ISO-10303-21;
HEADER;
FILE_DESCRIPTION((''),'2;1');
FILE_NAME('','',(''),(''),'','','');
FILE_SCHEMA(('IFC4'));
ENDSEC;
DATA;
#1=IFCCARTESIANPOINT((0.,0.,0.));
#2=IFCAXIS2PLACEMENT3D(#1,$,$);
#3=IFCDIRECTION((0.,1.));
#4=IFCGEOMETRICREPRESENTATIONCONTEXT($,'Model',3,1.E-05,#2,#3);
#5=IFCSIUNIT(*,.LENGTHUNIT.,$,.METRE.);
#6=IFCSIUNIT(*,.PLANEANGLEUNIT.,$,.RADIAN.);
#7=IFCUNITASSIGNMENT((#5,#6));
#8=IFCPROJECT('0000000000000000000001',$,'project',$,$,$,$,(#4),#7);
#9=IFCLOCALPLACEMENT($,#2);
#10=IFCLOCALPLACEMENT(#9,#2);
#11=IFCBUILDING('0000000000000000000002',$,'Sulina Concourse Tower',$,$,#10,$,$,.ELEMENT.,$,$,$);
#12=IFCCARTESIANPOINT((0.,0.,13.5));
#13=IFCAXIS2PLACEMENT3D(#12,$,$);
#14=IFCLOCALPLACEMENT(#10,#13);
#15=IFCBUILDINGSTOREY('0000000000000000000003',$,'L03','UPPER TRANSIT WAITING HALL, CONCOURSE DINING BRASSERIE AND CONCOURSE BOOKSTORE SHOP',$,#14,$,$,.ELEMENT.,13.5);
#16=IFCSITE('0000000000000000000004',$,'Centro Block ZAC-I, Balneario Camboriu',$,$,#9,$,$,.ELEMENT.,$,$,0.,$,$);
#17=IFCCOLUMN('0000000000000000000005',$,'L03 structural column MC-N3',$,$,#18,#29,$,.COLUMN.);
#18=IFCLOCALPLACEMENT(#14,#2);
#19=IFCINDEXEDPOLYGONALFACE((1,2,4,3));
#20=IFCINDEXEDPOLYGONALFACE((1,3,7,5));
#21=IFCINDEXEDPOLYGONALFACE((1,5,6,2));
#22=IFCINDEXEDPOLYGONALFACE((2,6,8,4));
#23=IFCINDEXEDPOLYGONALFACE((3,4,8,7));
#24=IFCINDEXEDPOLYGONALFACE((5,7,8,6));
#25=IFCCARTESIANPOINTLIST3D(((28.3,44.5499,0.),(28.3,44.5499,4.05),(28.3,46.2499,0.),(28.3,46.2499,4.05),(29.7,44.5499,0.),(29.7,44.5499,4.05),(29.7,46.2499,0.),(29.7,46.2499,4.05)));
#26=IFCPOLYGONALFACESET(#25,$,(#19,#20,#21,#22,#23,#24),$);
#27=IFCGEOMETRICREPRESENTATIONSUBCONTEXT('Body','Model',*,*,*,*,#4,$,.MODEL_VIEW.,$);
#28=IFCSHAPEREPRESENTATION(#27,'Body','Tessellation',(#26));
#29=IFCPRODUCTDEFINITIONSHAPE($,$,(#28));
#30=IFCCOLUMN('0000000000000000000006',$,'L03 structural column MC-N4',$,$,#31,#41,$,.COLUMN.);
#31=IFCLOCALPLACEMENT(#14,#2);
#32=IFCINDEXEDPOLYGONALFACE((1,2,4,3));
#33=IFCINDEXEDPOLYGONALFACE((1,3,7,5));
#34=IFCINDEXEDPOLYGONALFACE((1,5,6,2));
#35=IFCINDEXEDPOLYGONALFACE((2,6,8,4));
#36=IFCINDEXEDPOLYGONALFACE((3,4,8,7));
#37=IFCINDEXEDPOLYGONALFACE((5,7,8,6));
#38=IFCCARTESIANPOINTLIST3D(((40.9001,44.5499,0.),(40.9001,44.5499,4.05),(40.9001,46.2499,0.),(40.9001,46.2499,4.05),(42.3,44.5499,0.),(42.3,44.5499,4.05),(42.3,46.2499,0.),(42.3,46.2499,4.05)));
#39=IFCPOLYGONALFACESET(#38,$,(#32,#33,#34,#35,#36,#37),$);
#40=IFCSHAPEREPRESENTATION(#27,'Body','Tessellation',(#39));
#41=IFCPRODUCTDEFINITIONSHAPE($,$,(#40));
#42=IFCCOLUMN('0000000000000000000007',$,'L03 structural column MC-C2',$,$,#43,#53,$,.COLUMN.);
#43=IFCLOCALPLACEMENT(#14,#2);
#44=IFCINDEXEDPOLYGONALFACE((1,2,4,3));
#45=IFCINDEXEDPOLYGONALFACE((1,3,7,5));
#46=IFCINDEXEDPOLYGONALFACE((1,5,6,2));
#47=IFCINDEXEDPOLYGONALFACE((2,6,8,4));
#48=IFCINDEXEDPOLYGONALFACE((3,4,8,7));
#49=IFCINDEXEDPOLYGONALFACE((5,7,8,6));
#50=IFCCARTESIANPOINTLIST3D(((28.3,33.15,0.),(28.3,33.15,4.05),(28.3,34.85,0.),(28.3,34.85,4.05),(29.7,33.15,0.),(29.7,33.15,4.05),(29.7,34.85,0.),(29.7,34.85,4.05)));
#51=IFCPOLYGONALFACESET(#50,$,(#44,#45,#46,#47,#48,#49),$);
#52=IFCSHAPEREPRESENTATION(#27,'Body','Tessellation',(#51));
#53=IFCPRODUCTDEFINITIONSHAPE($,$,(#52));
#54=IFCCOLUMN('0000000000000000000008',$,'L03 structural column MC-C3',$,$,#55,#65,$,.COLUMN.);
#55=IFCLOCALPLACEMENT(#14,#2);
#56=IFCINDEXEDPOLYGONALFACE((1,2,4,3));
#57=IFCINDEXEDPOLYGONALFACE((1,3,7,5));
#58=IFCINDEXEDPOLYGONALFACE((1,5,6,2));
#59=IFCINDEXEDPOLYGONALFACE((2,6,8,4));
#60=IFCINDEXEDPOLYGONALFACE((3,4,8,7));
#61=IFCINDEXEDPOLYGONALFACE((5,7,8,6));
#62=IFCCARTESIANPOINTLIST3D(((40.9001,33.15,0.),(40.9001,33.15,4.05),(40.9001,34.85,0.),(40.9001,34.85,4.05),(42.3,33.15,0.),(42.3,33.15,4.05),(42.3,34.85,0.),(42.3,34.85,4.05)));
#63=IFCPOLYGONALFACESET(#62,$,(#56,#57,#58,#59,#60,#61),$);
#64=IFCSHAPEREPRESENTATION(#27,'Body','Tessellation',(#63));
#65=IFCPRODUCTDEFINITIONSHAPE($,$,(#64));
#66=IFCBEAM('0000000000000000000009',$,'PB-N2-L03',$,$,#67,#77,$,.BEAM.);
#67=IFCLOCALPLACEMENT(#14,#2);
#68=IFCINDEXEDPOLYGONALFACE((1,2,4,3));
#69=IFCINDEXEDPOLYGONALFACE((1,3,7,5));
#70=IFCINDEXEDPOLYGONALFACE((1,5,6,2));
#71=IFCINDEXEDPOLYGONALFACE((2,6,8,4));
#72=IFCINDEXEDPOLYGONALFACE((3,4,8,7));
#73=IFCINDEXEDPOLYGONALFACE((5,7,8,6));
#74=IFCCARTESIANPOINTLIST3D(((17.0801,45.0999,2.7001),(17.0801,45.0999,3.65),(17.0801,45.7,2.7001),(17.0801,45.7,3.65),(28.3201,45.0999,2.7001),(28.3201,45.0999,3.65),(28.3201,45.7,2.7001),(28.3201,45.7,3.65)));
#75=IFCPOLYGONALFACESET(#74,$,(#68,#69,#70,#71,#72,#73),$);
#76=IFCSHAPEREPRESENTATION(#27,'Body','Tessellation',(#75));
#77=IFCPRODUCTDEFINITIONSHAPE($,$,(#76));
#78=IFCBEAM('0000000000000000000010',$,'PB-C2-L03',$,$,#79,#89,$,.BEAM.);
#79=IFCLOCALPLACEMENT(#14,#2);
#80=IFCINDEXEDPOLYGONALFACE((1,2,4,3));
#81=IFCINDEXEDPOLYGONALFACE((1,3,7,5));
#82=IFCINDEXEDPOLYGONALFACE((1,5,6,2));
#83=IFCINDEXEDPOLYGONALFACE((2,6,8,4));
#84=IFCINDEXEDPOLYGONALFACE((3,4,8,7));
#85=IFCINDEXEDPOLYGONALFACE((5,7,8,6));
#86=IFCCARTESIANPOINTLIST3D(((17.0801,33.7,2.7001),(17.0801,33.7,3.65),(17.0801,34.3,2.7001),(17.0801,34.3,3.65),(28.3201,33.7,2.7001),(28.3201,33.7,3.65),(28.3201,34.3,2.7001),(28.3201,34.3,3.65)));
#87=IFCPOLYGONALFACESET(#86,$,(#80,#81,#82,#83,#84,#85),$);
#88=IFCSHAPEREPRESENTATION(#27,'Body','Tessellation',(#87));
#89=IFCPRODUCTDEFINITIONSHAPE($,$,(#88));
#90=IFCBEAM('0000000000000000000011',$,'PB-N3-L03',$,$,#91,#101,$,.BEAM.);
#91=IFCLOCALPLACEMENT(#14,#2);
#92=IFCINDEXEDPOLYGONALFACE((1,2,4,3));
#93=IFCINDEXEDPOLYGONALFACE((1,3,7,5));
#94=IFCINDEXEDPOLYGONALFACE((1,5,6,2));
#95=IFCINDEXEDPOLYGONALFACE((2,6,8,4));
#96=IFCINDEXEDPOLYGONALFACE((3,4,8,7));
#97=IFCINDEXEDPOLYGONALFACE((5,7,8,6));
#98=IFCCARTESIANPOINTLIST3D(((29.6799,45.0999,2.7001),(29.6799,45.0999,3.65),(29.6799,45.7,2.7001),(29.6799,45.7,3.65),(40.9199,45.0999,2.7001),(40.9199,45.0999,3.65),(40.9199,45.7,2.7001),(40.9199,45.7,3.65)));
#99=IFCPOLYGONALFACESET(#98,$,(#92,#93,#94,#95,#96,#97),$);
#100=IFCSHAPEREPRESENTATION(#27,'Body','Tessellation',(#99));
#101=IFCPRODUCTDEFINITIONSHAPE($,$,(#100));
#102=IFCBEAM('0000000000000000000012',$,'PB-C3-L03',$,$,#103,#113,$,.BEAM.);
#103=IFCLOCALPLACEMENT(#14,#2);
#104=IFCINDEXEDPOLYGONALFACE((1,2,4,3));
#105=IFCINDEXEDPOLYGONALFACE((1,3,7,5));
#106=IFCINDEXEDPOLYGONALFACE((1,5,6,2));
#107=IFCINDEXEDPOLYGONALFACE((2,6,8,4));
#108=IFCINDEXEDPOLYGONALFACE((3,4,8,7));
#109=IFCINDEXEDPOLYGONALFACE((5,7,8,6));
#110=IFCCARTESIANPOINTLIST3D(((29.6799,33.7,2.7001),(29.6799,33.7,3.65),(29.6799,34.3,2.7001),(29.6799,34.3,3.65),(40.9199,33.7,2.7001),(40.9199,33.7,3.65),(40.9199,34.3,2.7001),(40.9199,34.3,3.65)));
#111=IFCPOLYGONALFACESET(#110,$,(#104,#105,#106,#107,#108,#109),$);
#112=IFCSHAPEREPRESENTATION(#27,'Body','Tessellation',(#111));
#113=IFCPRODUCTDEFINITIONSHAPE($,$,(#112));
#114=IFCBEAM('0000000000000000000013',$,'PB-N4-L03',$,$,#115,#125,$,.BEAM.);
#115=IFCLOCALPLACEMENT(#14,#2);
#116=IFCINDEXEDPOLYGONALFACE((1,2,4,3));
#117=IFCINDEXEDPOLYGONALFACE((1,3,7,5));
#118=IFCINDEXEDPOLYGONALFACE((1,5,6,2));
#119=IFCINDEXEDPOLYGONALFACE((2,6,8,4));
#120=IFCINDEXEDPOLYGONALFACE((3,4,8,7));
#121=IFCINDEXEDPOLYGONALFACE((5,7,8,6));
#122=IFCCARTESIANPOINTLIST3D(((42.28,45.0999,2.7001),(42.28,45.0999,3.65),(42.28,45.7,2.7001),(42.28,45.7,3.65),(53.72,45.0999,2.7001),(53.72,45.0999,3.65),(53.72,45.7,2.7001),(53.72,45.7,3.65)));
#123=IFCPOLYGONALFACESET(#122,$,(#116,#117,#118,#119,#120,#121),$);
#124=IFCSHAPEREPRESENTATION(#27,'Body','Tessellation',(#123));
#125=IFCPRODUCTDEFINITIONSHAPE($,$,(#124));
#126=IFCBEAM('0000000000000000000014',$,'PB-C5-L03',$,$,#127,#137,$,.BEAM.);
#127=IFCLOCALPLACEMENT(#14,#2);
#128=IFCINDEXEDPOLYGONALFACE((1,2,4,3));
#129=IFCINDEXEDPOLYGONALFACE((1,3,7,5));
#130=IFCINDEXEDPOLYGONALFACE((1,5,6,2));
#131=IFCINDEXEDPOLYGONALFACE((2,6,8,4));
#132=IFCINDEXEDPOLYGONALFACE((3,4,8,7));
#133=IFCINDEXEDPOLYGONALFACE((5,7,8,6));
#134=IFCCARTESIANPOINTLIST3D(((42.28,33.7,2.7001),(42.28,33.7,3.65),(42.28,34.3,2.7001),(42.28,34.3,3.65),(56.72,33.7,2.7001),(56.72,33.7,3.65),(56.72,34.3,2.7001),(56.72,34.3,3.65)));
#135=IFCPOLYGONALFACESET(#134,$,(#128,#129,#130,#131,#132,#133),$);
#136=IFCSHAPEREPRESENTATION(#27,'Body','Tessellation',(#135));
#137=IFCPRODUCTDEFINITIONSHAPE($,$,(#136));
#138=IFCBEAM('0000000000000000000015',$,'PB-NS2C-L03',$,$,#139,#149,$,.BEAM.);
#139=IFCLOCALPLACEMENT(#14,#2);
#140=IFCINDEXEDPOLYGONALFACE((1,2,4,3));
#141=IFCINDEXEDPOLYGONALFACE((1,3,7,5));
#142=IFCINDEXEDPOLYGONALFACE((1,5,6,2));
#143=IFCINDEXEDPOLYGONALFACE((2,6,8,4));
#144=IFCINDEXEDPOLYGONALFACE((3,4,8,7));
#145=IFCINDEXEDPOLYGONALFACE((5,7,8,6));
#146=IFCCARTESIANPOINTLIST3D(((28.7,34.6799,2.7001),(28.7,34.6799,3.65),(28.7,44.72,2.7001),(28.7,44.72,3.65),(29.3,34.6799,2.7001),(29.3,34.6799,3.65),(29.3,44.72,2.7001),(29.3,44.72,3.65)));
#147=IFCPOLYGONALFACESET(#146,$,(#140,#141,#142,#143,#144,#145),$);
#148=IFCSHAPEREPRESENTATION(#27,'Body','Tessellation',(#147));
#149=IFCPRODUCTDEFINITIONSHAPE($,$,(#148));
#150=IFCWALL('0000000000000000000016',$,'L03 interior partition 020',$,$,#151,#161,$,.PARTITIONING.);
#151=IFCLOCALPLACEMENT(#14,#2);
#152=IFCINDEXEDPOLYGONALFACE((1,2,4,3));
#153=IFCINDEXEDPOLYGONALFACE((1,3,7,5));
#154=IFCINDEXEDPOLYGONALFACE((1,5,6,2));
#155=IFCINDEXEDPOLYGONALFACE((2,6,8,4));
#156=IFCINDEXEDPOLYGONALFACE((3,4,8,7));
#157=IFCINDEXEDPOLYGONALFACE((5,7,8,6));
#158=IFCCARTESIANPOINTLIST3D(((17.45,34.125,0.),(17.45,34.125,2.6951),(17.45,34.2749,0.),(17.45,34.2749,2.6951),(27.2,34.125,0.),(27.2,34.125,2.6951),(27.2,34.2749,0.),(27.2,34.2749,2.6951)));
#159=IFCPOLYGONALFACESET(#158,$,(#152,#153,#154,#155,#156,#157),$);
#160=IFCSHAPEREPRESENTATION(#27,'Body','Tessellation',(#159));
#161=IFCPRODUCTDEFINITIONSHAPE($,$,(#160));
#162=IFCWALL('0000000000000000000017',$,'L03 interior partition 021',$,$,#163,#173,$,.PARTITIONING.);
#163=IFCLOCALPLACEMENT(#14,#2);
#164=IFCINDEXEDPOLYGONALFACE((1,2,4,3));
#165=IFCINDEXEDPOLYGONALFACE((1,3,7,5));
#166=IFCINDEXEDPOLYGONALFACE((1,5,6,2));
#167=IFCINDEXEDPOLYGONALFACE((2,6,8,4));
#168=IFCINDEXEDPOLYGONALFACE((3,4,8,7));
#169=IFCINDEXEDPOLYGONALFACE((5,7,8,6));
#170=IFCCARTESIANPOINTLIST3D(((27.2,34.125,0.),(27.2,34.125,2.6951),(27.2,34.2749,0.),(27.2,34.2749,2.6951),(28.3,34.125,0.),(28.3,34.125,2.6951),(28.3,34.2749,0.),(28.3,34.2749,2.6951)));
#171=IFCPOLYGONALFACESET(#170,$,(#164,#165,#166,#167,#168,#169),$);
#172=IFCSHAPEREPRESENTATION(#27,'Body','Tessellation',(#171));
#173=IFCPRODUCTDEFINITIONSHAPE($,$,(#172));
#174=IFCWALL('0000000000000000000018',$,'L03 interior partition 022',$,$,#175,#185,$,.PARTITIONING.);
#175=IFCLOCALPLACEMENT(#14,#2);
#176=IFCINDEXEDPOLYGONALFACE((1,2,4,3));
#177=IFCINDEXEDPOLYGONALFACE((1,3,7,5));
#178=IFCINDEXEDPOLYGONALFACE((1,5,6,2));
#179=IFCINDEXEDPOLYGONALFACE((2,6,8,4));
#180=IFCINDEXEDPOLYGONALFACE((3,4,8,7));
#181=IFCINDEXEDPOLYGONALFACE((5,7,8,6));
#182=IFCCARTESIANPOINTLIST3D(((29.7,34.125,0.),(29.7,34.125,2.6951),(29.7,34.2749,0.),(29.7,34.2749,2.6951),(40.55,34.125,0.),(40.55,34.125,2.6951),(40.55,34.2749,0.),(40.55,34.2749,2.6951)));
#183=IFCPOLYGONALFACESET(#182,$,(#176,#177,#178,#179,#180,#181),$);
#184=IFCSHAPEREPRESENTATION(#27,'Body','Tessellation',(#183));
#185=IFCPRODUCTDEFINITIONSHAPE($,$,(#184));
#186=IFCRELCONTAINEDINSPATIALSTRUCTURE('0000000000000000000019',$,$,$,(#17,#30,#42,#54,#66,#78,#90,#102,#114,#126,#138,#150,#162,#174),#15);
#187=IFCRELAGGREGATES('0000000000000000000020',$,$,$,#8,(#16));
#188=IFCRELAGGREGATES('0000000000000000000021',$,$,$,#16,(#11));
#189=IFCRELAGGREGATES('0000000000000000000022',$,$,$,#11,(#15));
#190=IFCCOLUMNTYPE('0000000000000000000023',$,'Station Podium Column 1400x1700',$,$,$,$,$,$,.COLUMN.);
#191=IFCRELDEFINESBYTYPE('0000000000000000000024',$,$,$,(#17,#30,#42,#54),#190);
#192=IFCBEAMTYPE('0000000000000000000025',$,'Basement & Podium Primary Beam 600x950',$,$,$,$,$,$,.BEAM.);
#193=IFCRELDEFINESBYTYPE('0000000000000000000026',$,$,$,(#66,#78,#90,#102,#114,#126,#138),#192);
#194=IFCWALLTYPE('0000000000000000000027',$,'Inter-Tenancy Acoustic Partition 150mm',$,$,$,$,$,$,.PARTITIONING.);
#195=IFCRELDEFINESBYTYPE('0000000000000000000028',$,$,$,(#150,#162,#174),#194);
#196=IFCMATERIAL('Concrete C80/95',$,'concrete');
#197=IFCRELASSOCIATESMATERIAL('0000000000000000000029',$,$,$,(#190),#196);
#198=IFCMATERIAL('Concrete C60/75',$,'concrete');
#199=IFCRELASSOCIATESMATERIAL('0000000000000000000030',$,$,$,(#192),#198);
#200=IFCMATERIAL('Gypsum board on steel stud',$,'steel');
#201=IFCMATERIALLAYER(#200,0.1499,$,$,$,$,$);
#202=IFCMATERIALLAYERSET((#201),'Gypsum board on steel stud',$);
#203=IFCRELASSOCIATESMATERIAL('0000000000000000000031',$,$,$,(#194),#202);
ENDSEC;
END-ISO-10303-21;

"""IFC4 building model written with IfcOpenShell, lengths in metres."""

from ifc_helpers import new_model, si_unit, direction, frame, frame_2d, origin, origin_2d, place, context, subcontext, project, spatial, rectangle, extrude, material, layer, layer_set, material_profile, profile_set, type_object, element, save


model = new_model("IFC4")

# Units and contexts
model_context = context("Model", 3, precision=1e-05, world=origin(), true_north=direction((0.0, 1.0)))
body_context = subcontext(model_context, "Body", "Model", "MODEL_VIEW")
ifc_project = project(units=[si_unit("LENGTHUNIT", "METRE"), si_unit("PLANEANGLEUNIT", "RADIAN")], contexts=[model_context])

# Site, building, storey
site_placement = place(None, origin())
site = spatial("IfcSite", under=ifc_project, at=site_placement, Name="Centro Block ZAC-I, Balneario Camboriu", CompositionType="ELEMENT", RefElevation=0.0)
building_placement = place(site_placement, origin())
building = spatial("IfcBuilding", under=site, at=building_placement, Name="Sulina Concourse Tower", CompositionType="ELEMENT")
storey_placement = place(building_placement, frame((0.0, 0.0, 13.5)))
storey = spatial("IfcBuildingStorey", under=building, at=storey_placement, Name="L03", Description="UPPER TRANSIT WAITING HALL, CONCOURSE DINING BRASSERIE AND CONCOURSE BOOKSTORE SHOP", CompositionType="ELEMENT", Elevation=13.5)

# Columns
ifc_material_1 = material(Name="Concrete C80/95", Category="concrete")
ifc_material_profile_1 = material_profile(ifc_material_1, rectangle(XDim=1.3999, YDim=1.7, at=origin_2d()), Name="RC 1400x1700")
ifc_profile_set_1 = profile_set([ifc_material_profile_1], Name="Concrete C80/95")
column_type = type_object("IfcColumnType", Name="Station Podium Column 1400x1700", PredefinedType="COLUMN", material=ifc_profile_set_1)
for number, where, z_axis, x_axis, name in (
    (1, (29.0, 45.3999, 0.0), (0.0, 0.0, 1.0), (1.0, 0.0, 0.0), "L03 structural column MC-N3"),
    (2, (41.6001, 45.3999, 0.0), (0.0, 0.0, 1.0), (1.0, 0.0, 0.0), "L03 structural column MC-N4"),
    (3, (29.0, 34.0, 0.0), (0.0, 0.0, 1.0), (1.0, 0.0, 0.0), "L03 structural column MC-C2"),
    (4, (41.6001, 34.0, 0.0), (0.0, 0.0, 1.0), (1.0, 0.0, 0.0), "L03 structural column MC-C3"),
):
    element("IfcColumn", number, at=place(storey_placement, frame(where, z_axis=z_axis, x_axis=x_axis)), inside=storey, type_object=column_type, Name=name, PredefinedType="COLUMN", context=body_context, shape_type="SweptSolid", body=[
        extrude(rectangle(XDim=1.3999, YDim=1.7, at=origin_2d()), origin(), (0.0, 0.0, 1.0), 4.05),
    ])

# Beams
ifc_material_2 = material(Name="Concrete C60/75", Category="concrete")
ifc_material_profile_2 = material_profile(ifc_material_2, rectangle(XDim=0.6001, YDim=0.95, at=origin_2d()), Name="RC 600x950")
ifc_profile_set_2 = profile_set([ifc_material_profile_2], Name="Concrete C60/75")
beam_type = type_object("IfcBeamType", Name="Basement & Podium Primary Beam 600x950", PredefinedType="BEAM", material=ifc_profile_set_2)
for number, where, z_axis, x_axis, name in (
    (5, (17.0801, 45.3999, 3.175), (1.0, 0.0, 0.0), (0.0, 1.0, 0.0), "PB-N2-L03"),
    (6, (17.0801, 34.0, 3.175), (1.0, 0.0, 0.0), (0.0, 1.0, 0.0), "PB-C2-L03"),
    (7, (29.6799, 45.3999, 3.175), (1.0, 0.0, 0.0), (0.0, 1.0, 0.0), "PB-N3-L03"),
    (8, (29.6799, 34.0, 3.175), (1.0, 0.0, 0.0), (0.0, 1.0, 0.0), "PB-C3-L03"),
):
    element("IfcBeam", number, at=place(storey_placement, frame(where, z_axis=z_axis, x_axis=x_axis)), inside=storey, type_object=beam_type, Name=name, PredefinedType="BEAM", context=body_context, shape_type="SweptSolid", body=[
        extrude(rectangle(XDim=0.6001, YDim=0.95, at=origin_2d()), origin(), (0.0, 0.0, 1.0), 11.24),
    ])
beam_1_placement = place(storey_placement, frame((42.28, 45.3999, 3.175), z_axis=(1.0, 0.0, 0.0), x_axis=(0.0, 1.0, 0.0)))
element("IfcBeam", 9, at=beam_1_placement, inside=storey, type_object=beam_type, Name="PB-N4-L03", PredefinedType="BEAM", context=body_context, shape_type="SweptSolid", body=[
    extrude(rectangle(XDim=0.6001, YDim=0.95, at=origin_2d()), origin(), (0.0, 0.0, 1.0), 11.4399),
])
beam_2_placement = place(storey_placement, frame((42.28, 34.0, 3.175), z_axis=(1.0, 0.0, 0.0), x_axis=(0.0, 1.0, 0.0)))
element("IfcBeam", 10, at=beam_2_placement, inside=storey, type_object=beam_type, Name="PB-C5-L03", PredefinedType="BEAM", context=body_context, shape_type="SweptSolid", body=[
    extrude(rectangle(XDim=0.6001, YDim=0.95, at=origin_2d()), origin(), (0.0, 0.0, 1.0), 14.4399),
])
beam_3_placement = place(storey_placement, frame((29.0, 34.6799, 3.175), z_axis=(0.0, 1.0, 0.0), x_axis=(-1.0, 0.0, 0.0)))
element("IfcBeam", 11, at=beam_3_placement, inside=storey, type_object=beam_type, Name="PB-NS2C-L03", PredefinedType="BEAM", context=body_context, shape_type="SweptSolid", body=[
    extrude(rectangle(XDim=0.6001, YDim=0.95, at=origin_2d()), origin(), (0.0, 0.0, 1.0), 10.04),
])

# Walls
ifc_material_3 = material(Name="Gypsum board on steel stud", Category="steel")
ifc_layer_1 = layer(ifc_material_3, 0.1499)
ifc_layer_set_1 = layer_set([ifc_layer_1], Name="Gypsum board on steel stud")
wall_type_1 = type_object("IfcWallType", Name="Inter-Tenancy Acoustic Partition 150mm", PredefinedType="PARTITIONING", material=ifc_layer_set_1)
wall_1_placement = place(storey_placement, frame((17.45, 34.2, 0.0), z_axis=(0.0, 0.0, 1.0), x_axis=(1.0, 0.0, 0.0)))
element("IfcWall", 12, at=wall_1_placement, inside=storey, type_object=wall_type_1, Name="L03 interior partition 020", PredefinedType="PARTITIONING", context=body_context, shape_type="SweptSolid", body=[
    extrude(rectangle(XDim=9.75, YDim=0.1499, at=frame_2d((4.875, 0.0))), origin(), (0.0, 0.0, 1.0), 2.6951),
])
wall_2_placement = place(storey_placement, frame((27.2, 34.2, 0.0), z_axis=(0.0, 0.0, 1.0), x_axis=(1.0, 0.0, 0.0)))
element("IfcWall", 13, at=wall_2_placement, inside=storey, type_object=wall_type_1, Name="L03 interior partition 021", PredefinedType="PARTITIONING", context=body_context, shape_type="SweptSolid", body=[
    extrude(rectangle(XDim=1.1001, YDim=0.1499, at=frame_2d((0.55, 0.0))), origin(), (0.0, 0.0, 1.0), 2.6951),
])
wall_3_placement = place(storey_placement, frame((29.7, 34.2, 0.0), z_axis=(0.0, 0.0, 1.0), x_axis=(1.0, 0.0, 0.0)))
element("IfcWall", 14, at=wall_3_placement, inside=storey, type_object=wall_type_1, Name="L03 interior partition 022", PredefinedType="PARTITIONING", context=body_context, shape_type="SweptSolid", body=[
    extrude(rectangle(XDim=10.8501, YDim=0.1499, at=frame_2d((5.425, 0.0))), origin(), (0.0, 0.0, 1.0), 2.6951),
])

save(model, "model.ifc")
